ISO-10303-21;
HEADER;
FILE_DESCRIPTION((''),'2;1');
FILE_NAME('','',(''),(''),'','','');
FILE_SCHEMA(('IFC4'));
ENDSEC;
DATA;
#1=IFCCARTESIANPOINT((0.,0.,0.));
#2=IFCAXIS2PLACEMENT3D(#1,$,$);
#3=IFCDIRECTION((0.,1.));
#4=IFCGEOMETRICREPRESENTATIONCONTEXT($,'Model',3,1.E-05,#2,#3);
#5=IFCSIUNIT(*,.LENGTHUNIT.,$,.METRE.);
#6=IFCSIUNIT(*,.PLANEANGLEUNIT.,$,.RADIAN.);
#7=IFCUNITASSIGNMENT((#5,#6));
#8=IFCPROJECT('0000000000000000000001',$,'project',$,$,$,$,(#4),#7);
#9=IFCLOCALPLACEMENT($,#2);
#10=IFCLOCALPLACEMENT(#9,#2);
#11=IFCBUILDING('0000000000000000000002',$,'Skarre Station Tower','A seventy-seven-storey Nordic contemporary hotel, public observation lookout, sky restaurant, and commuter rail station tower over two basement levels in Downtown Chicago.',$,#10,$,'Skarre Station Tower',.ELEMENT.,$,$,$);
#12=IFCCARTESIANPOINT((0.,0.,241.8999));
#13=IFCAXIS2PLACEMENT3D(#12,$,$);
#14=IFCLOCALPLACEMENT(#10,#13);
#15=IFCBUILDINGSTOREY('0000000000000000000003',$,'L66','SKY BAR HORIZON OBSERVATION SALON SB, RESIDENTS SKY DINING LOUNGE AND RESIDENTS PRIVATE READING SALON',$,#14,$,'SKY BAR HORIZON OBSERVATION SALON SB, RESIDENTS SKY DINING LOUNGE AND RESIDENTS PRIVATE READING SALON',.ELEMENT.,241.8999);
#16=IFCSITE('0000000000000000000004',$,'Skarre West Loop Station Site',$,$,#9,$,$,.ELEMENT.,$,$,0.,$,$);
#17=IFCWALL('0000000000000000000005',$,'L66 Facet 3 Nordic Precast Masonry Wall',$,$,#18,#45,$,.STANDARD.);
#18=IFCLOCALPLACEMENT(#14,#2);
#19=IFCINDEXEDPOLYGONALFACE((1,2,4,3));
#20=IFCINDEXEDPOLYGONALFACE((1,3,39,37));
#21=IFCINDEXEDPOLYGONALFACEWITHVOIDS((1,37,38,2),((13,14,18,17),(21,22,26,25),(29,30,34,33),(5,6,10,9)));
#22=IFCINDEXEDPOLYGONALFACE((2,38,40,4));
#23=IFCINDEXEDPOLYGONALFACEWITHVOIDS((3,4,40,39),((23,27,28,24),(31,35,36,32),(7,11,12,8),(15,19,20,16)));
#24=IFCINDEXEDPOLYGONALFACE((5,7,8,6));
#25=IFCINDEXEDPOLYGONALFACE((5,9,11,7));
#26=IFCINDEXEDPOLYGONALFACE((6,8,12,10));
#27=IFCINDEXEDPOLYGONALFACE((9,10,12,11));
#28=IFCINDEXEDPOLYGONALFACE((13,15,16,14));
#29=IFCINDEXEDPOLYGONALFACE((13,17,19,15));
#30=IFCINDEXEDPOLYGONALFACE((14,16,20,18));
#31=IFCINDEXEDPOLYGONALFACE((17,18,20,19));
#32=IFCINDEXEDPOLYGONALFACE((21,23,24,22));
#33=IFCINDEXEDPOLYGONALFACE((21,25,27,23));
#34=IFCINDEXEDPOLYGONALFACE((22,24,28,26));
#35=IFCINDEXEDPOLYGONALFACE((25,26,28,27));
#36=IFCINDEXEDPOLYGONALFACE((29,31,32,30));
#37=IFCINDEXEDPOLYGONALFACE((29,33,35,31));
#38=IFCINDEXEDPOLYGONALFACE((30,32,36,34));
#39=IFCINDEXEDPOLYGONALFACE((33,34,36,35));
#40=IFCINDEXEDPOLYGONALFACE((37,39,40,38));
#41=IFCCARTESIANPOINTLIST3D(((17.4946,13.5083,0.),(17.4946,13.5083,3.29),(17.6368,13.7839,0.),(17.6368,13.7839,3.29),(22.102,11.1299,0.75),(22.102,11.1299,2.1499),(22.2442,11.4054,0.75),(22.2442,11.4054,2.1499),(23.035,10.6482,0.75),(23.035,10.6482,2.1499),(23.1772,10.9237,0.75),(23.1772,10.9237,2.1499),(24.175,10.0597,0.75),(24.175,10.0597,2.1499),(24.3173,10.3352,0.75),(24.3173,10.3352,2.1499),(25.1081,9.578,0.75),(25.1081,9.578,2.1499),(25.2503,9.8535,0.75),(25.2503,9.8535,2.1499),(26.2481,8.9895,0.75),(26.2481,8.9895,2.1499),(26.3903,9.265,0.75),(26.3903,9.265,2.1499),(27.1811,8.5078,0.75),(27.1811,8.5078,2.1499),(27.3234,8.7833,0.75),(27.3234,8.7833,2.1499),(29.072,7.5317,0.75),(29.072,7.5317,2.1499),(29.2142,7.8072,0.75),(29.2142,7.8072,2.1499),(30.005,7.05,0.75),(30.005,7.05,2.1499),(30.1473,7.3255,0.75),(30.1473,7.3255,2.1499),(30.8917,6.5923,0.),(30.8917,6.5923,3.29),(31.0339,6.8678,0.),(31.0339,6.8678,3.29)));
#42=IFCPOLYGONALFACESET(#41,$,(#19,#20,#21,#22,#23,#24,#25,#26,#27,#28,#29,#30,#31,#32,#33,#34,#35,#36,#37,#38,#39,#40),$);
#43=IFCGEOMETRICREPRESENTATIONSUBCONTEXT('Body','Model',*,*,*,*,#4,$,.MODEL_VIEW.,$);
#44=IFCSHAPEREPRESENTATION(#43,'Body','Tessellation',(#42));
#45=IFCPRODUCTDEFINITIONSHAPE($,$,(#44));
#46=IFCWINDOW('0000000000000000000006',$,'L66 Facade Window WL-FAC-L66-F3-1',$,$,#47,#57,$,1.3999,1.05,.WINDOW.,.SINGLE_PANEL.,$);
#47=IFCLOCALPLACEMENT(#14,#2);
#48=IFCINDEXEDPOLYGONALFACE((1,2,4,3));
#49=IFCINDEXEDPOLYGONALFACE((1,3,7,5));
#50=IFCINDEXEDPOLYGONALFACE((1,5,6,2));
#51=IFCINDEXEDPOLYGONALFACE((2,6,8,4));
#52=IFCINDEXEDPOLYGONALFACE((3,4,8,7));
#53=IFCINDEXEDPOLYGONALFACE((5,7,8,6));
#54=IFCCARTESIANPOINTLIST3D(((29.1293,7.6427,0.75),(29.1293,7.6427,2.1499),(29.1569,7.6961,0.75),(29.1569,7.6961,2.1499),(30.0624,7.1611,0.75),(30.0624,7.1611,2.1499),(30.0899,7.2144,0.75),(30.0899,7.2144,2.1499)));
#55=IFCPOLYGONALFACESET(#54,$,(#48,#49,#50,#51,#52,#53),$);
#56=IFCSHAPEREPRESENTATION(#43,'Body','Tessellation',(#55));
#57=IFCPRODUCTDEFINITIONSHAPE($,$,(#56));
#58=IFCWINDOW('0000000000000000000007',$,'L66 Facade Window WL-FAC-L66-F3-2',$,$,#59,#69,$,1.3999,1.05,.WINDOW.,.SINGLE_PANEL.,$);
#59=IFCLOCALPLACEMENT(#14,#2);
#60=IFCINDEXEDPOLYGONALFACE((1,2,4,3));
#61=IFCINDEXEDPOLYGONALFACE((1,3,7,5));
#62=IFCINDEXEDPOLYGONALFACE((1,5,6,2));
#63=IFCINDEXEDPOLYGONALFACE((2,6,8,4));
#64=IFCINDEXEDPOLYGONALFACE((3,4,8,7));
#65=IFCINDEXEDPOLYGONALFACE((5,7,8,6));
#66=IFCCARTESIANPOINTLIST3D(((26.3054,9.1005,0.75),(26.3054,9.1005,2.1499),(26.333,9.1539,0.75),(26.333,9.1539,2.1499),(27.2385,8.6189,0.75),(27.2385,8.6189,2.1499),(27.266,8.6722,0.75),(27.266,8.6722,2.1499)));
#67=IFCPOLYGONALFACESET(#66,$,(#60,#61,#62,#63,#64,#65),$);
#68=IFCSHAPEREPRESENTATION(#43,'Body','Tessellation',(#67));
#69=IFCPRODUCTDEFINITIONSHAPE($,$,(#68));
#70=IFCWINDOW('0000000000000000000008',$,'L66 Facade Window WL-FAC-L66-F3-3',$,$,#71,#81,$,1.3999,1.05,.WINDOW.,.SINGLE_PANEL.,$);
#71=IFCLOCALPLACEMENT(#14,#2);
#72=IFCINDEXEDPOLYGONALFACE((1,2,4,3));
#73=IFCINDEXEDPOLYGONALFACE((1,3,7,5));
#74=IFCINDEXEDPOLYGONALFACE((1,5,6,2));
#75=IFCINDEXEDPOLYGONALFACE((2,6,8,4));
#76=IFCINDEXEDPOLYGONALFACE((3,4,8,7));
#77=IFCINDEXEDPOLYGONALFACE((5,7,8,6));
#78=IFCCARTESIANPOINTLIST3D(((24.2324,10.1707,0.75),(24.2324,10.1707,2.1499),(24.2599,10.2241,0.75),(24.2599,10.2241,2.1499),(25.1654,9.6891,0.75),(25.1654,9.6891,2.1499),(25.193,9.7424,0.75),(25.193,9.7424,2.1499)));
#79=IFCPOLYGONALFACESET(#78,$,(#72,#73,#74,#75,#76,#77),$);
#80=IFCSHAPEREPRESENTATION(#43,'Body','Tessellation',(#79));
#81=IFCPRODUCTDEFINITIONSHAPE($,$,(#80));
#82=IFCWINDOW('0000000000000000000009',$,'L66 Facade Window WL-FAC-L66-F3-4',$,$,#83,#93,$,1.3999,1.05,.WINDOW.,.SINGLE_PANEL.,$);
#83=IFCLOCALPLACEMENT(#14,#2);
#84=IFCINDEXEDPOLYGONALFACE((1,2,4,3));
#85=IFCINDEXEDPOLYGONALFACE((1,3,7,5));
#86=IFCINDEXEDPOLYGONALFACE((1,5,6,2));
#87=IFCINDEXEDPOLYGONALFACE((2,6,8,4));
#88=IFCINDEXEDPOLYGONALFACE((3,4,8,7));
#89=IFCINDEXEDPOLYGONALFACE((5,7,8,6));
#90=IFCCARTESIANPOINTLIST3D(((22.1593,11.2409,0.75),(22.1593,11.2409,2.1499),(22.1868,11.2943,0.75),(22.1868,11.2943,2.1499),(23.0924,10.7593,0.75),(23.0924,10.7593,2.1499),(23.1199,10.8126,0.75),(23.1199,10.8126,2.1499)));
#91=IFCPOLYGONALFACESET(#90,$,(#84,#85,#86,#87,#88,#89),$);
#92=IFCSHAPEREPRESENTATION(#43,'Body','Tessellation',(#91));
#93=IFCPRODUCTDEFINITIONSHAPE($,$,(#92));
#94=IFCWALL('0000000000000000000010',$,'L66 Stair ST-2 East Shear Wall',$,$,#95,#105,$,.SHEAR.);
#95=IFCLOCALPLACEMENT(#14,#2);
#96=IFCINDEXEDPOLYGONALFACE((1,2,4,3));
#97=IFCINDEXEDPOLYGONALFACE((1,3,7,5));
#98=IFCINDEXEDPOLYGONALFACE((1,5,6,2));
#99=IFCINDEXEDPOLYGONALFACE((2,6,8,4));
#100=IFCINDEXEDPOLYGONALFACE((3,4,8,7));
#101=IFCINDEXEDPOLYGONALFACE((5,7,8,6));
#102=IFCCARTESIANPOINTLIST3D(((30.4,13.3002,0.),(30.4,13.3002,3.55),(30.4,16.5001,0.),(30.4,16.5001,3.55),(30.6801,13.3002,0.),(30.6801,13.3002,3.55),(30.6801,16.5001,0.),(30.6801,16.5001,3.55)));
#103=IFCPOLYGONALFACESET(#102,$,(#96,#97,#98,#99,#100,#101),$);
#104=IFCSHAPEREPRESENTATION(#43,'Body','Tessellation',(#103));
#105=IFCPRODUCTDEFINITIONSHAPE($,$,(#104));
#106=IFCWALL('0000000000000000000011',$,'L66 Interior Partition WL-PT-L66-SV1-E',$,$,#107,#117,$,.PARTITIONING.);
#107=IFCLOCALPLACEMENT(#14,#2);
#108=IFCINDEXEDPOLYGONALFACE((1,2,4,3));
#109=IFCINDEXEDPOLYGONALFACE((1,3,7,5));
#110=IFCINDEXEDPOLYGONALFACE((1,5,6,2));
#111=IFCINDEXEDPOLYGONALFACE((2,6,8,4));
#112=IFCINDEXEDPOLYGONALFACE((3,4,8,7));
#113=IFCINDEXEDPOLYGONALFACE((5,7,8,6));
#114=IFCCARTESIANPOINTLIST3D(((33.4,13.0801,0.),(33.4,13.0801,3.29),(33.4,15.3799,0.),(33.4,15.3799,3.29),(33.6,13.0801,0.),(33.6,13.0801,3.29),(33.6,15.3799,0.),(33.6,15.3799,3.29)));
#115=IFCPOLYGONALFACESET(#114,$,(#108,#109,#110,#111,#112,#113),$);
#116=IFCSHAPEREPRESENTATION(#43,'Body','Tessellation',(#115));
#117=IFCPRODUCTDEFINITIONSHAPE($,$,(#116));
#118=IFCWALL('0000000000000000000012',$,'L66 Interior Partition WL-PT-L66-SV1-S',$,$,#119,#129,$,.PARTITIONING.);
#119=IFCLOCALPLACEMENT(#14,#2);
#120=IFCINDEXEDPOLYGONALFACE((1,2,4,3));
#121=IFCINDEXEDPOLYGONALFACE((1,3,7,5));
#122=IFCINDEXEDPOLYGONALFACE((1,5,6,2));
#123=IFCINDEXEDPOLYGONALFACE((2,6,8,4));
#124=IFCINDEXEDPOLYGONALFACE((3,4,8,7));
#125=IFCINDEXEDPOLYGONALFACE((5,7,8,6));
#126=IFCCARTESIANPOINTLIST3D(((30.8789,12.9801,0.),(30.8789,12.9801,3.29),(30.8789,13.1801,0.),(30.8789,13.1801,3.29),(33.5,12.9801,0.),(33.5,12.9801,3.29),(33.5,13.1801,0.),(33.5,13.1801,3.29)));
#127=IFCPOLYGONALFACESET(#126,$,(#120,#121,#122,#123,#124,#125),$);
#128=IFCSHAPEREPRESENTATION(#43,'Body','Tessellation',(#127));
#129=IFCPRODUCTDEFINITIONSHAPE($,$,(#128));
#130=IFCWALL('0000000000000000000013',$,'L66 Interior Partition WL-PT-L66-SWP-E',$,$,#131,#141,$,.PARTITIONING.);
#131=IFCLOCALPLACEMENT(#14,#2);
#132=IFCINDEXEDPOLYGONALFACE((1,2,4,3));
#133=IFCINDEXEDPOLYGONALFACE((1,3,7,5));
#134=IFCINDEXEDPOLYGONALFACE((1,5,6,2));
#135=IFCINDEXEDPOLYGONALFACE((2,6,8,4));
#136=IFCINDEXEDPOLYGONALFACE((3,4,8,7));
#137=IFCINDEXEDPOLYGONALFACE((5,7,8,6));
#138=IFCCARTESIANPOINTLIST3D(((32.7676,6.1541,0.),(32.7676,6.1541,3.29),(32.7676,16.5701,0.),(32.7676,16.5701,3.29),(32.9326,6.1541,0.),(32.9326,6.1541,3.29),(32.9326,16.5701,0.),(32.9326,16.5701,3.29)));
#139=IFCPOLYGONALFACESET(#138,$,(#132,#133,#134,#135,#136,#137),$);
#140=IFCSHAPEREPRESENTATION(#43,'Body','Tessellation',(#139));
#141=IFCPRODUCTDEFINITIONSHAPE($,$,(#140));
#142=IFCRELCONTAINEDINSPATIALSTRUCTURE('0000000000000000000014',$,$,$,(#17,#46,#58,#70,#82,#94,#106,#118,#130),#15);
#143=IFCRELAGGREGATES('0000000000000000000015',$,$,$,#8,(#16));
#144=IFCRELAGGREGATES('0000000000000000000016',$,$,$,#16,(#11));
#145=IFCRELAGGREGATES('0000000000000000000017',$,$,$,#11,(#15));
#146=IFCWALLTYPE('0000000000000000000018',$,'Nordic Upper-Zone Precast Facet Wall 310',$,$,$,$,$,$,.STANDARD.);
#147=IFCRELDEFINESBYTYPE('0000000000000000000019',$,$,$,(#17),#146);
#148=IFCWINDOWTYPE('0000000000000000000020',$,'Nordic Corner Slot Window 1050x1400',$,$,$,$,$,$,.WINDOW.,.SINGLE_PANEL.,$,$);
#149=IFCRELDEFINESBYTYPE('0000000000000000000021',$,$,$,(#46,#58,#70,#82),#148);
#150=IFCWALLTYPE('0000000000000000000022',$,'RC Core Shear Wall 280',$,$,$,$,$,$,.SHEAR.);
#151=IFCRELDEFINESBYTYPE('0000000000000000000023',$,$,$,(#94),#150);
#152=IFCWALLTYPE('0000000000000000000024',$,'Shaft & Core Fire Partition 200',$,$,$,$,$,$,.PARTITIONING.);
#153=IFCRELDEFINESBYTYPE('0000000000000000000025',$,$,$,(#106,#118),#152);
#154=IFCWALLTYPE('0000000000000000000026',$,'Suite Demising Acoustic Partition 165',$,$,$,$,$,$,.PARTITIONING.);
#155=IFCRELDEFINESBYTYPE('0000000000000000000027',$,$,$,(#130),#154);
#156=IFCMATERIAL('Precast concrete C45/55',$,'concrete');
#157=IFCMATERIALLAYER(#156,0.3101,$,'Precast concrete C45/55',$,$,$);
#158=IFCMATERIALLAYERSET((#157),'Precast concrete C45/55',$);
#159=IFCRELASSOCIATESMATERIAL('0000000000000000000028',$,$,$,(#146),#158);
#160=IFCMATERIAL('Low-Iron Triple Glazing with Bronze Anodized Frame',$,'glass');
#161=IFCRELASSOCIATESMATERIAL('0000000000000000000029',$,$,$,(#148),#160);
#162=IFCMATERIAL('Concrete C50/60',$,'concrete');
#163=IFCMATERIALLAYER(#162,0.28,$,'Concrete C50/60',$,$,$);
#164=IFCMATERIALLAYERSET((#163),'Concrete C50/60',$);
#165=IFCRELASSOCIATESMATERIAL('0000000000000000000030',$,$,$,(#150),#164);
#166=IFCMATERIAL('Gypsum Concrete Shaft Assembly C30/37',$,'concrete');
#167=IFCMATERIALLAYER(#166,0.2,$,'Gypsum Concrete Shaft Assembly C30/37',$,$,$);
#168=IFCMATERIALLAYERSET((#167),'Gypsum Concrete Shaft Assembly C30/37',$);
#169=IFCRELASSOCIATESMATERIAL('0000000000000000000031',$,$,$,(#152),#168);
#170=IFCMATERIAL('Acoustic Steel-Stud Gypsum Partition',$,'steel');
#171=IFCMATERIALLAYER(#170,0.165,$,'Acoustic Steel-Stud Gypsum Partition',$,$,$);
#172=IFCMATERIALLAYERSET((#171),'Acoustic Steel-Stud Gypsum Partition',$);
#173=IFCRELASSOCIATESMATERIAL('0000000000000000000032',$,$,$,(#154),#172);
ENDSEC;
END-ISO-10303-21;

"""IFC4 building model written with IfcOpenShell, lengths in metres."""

from ifc_helpers import new_model, si_unit, direction, frame, frame_2d, origin, place, context, subcontext, project, spatial, rectangle, extrude, material, layer, layer_set, type_object, element, fill, save


model = new_model("IFC4")

# Units and contexts
model_context = context("Model", 3, precision=1e-05, world=origin(), true_north=direction((0.0, 1.0)))
body_context = subcontext(model_context, "Body", "Model", "MODEL_VIEW")
ifc_project = project(units=[si_unit("LENGTHUNIT", "METRE"), si_unit("PLANEANGLEUNIT", "RADIAN")], contexts=[model_context])

# Site, building, storey
site_placement = place(None, origin())
site = spatial("IfcSite", under=ifc_project, at=site_placement, Name="Skarre West Loop Station Site", CompositionType="ELEMENT", RefElevation=0.0)
building_placement = place(site_placement, origin())
building = spatial("IfcBuilding", under=site, at=building_placement, Name="Skarre Station Tower", Description="A seventy-seven-storey Nordic contemporary hotel, public observation lookout, sky restaurant, and commuter rail station tower over two basement levels in Downtown Chicago.", LongName="Skarre Station Tower", CompositionType="ELEMENT")
storey_placement = place(building_placement, frame((0.0, 0.0, 241.8999)))
storey = spatial("IfcBuildingStorey", under=building, at=storey_placement, Name="L66", Description="SKY BAR HORIZON OBSERVATION SALON SB, RESIDENTS SKY DINING LOUNGE AND RESIDENTS PRIVATE READING SALON", LongName="SKY BAR HORIZON OBSERVATION SALON SB, RESIDENTS SKY DINING LOUNGE AND RESIDENTS PRIVATE READING SALON", CompositionType="ELEMENT", Elevation=241.8999)

# Shared definitions
ifc_material_1 = material(Name="Concrete C50/60", Category="concrete")

# Shared definitions
ifc_material_2 = material(Name="Acoustic Steel-Stud Gypsum Partition", Category="steel")
ifc_material_3 = material(Name="Precast concrete C45/55", Category="concrete")

# Wall, openings, windows
ifc_layer_1 = layer(ifc_material_3, 0.3101, Name="Precast concrete C45/55")
ifc_layer_set_1 = layer_set([ifc_layer_1], Name="Precast concrete C45/55")
wall_type_1 = type_object("IfcWallType", Name="Nordic Upper-Zone Precast Facet Wall 310", PredefinedType="STANDARD", material=ifc_layer_set_1)
wall_1_placement = place(storey_placement, frame((30.9629, 6.73, 0.0), z_axis=(0.0, 0.0, 1.0), x_axis=(-0.888581, 0.458719, 0.0)))
wall_1 = element("IfcWall", 1, at=wall_1_placement, inside=storey, type_object=wall_type_1, Name="L66 Facet 3 Nordic Precast Masonry Wall", PredefinedType="STANDARD", context=body_context, shape_type="SweptSolid", body=[
    extrude(rectangle(XDim=15.0769, YDim=0.3101, at=frame_2d((7.5386, 0.0))), origin(), (0.0, 0.0, 1.0), 3.29),
])
opening_1_placement = place(wall_1_placement, frame((0.998, 0.0, 0.75)))
opening_1 = element("IfcOpeningElement", 2, at=opening_1_placement, cuts=wall_1, PredefinedType="OPENING", context=body_context, shape_type="SweptSolid", body=[
    extrude(rectangle(XDim=1.05, YDim=1.3999, at=frame_2d((0.5249, 0.7))), frame((0.0, 0.165, 0.0), z_axis=(0.0, -1.0, 0.0), x_axis=(1.0, 0.0, 0.0)), (0.0, 0.0, 1.0), 0.3301),
])
opening_2_placement = place(wall_1_placement, frame((4.176, 0.0, 0.75)))
opening_2 = element("IfcOpeningElement", 3, at=opening_2_placement, cuts=wall_1, PredefinedType="OPENING", context=body_context, shape_type="SweptSolid", body=[
    extrude(rectangle(XDim=1.05, YDim=1.3999, at=frame_2d((0.5249, 0.7))), frame((0.0, 0.165, 0.0), z_axis=(0.0, -1.0, 0.0), x_axis=(1.0, 0.0, 0.0)), (0.0, 0.0, 1.0), 0.3301),
])
opening_3_placement = place(wall_1_placement, frame((6.509, 0.0, 0.75)))
opening_3 = element("IfcOpeningElement", 4, at=opening_3_placement, cuts=wall_1, PredefinedType="OPENING", context=body_context, shape_type="SweptSolid", body=[
    extrude(rectangle(XDim=1.05, YDim=1.3999, at=frame_2d((0.5249, 0.7))), frame((0.0, 0.165, 0.0), z_axis=(0.0, -1.0, 0.0), x_axis=(1.0, 0.0, 0.0)), (0.0, 0.0, 1.0), 0.3301),
])
opening_4_placement = place(wall_1_placement, frame((8.842, 0.0, 0.75)))
opening_4 = element("IfcOpeningElement", 5, at=opening_4_placement, cuts=wall_1, PredefinedType="OPENING", context=body_context, shape_type="SweptSolid", body=[
    extrude(rectangle(XDim=1.05, YDim=1.3999, at=frame_2d((0.5249, 0.7))), frame((0.0, 0.165, 0.0), z_axis=(0.0, -1.0, 0.0), x_axis=(1.0, 0.0, 0.0)), (0.0, 0.0, 1.0), 0.3301),
])
ifc_material_4 = material(Name="Low-Iron Triple Glazing with Bronze Anodized Frame", Category="glass")
window_type = type_object("IfcWindowType", Name="Nordic Corner Slot Window 1050x1400", PartitioningType="SINGLE_PANEL", PredefinedType="WINDOW", material=ifc_material_4)
window_1_placement = place(opening_1_placement, origin())
window_1 = element("IfcWindow", 6, at=window_1_placement, inside=storey, type_object=window_type, Name="L66 Facade Window WL-FAC-L66-F3-1", OverallHeight=1.3999, OverallWidth=1.05, PartitioningType="SINGLE_PANEL", PredefinedType="WINDOW", context=body_context, shape_type="SweptSolid", body=[
    extrude(rectangle(XDim=1.05, YDim=1.3999, at=frame_2d((0.5249, 0.7))), frame((0.0, 0.03, 0.0), z_axis=(0.0, -1.0, 0.0), x_axis=(1.0, 0.0, 0.0)), (0.0, 0.0, 1.0), 0.0601),
])
fill(opening_1, window_1)
window_2_placement = place(opening_2_placement, origin())
window_2 = element("IfcWindow", 7, at=window_2_placement, inside=storey, type_object=window_type, Name="L66 Facade Window WL-FAC-L66-F3-2", OverallHeight=1.3999, OverallWidth=1.05, PartitioningType="SINGLE_PANEL", PredefinedType="WINDOW", context=body_context, shape_type="SweptSolid", body=[
    extrude(rectangle(XDim=1.05, YDim=1.3999, at=frame_2d((0.5249, 0.7))), frame((0.0, 0.03, 0.0), z_axis=(0.0, -1.0, 0.0), x_axis=(1.0, 0.0, 0.0)), (0.0, 0.0, 1.0), 0.0601),
])
fill(opening_2, window_2)
window_3_placement = place(opening_3_placement, origin())
window_3 = element("IfcWindow", 8, at=window_3_placement, inside=storey, type_object=window_type, Name="L66 Facade Window WL-FAC-L66-F3-3", OverallHeight=1.3999, OverallWidth=1.05, PartitioningType="SINGLE_PANEL", PredefinedType="WINDOW", context=body_context, shape_type="SweptSolid", body=[
    extrude(rectangle(XDim=1.05, YDim=1.3999, at=frame_2d((0.5249, 0.7))), frame((0.0, 0.03, 0.0), z_axis=(0.0, -1.0, 0.0), x_axis=(1.0, 0.0, 0.0)), (0.0, 0.0, 1.0), 0.0601),
])
fill(opening_3, window_3)
window_4_placement = place(opening_4_placement, origin())
window_4 = element("IfcWindow", 9, at=window_4_placement, inside=storey, type_object=window_type, Name="L66 Facade Window WL-FAC-L66-F3-4", OverallHeight=1.3999, OverallWidth=1.05, PartitioningType="SINGLE_PANEL", PredefinedType="WINDOW", context=body_context, shape_type="SweptSolid", body=[
    extrude(rectangle(XDim=1.05, YDim=1.3999, at=frame_2d((0.5249, 0.7))), frame((0.0, 0.03, 0.0), z_axis=(0.0, -1.0, 0.0), x_axis=(1.0, 0.0, 0.0)), (0.0, 0.0, 1.0), 0.0601),
])
fill(opening_4, window_4)

# Walls
ifc_layer_2 = layer(ifc_material_1, 0.28, Name="Concrete C50/60")
ifc_layer_set_2 = layer_set([ifc_layer_2], Name="Concrete C50/60")
wall_type_2 = type_object("IfcWallType", Name="RC Core Shear Wall 280", PredefinedType="SHEAR", material=ifc_layer_set_2)
wall_2_placement = place(storey_placement, frame((30.54, 13.3, 0.0), z_axis=(0.0, 0.0, 1.0), x_axis=(0.0, 1.0, 0.0)))
element("IfcWall", 10, at=wall_2_placement, inside=storey, type_object=wall_type_2, Name="L66 Stair ST-2 East Shear Wall", PredefinedType="SHEAR", context=body_context, shape_type="SweptSolid", body=[
    extrude(rectangle(XDim=3.2, YDim=0.28, at=frame_2d((1.6001, 0.0))), origin(), (0.0, 0.0, 1.0), 3.55),
])
ifc_material_5 = material(Name="Gypsum Concrete Shaft Assembly C30/37", Category="concrete")
ifc_layer_3 = layer(ifc_material_5, 0.2, Name="Gypsum Concrete Shaft Assembly C30/37")
ifc_layer_set_3 = layer_set([ifc_layer_3], Name="Gypsum Concrete Shaft Assembly C30/37")
wall_type_3 = type_object("IfcWallType", Name="Shaft & Core Fire Partition 200", PredefinedType="PARTITIONING", material=ifc_layer_set_3)
wall_3_placement = place(storey_placement, frame((33.5, 13.0801, 0.0), z_axis=(0.0, 0.0, 1.0), x_axis=(0.0, 1.0, 0.0)))
element("IfcWall", 11, at=wall_3_placement, inside=storey, type_object=wall_type_3, Name="L66 Interior Partition WL-PT-L66-SV1-E", PredefinedType="PARTITIONING", context=body_context, shape_type="SweptSolid", body=[
    extrude(rectangle(XDim=2.2998, YDim=0.2, at=frame_2d((1.1499, 0.0))), origin(), (0.0, 0.0, 1.0), 3.29),
])
wall_4_placement = place(storey_placement, frame((30.8789, 13.0801, 0.0), z_axis=(0.0, 0.0, 1.0), x_axis=(1.0, 0.0, 0.0)))
element("IfcWall", 12, at=wall_4_placement, inside=storey, type_object=wall_type_3, Name="L66 Interior Partition WL-PT-L66-SV1-S", PredefinedType="PARTITIONING", context=body_context, shape_type="SweptSolid", body=[
    extrude(rectangle(XDim=2.6211, YDim=0.2, at=frame_2d((1.3105, 0.0))), origin(), (0.0, 0.0, 1.0), 3.29),
])
ifc_layer_4 = layer(ifc_material_2, 0.165, Name="Acoustic Steel-Stud Gypsum Partition")
ifc_layer_set_4 = layer_set([ifc_layer_4], Name="Acoustic Steel-Stud Gypsum Partition")
wall_type_4 = type_object("IfcWallType", Name="Suite Demising Acoustic Partition 165", PredefinedType="PARTITIONING", material=ifc_layer_set_4)
wall_5_placement = place(storey_placement, frame((32.8501, 6.1541, 0.0), z_axis=(0.0, 0.0, 1.0), x_axis=(0.0, 1.0, 0.0)))
element("IfcWall", 13, at=wall_5_placement, inside=storey, type_object=wall_type_4, Name="L66 Interior Partition WL-PT-L66-SWP-E", PredefinedType="PARTITIONING", context=body_context, shape_type="SweptSolid", body=[
    extrude(rectangle(XDim=10.416, YDim=0.165, at=frame_2d((5.208, 0.0))), origin(), (0.0, 0.0, 1.0), 3.29),
])

save(model, "model.ifc")
